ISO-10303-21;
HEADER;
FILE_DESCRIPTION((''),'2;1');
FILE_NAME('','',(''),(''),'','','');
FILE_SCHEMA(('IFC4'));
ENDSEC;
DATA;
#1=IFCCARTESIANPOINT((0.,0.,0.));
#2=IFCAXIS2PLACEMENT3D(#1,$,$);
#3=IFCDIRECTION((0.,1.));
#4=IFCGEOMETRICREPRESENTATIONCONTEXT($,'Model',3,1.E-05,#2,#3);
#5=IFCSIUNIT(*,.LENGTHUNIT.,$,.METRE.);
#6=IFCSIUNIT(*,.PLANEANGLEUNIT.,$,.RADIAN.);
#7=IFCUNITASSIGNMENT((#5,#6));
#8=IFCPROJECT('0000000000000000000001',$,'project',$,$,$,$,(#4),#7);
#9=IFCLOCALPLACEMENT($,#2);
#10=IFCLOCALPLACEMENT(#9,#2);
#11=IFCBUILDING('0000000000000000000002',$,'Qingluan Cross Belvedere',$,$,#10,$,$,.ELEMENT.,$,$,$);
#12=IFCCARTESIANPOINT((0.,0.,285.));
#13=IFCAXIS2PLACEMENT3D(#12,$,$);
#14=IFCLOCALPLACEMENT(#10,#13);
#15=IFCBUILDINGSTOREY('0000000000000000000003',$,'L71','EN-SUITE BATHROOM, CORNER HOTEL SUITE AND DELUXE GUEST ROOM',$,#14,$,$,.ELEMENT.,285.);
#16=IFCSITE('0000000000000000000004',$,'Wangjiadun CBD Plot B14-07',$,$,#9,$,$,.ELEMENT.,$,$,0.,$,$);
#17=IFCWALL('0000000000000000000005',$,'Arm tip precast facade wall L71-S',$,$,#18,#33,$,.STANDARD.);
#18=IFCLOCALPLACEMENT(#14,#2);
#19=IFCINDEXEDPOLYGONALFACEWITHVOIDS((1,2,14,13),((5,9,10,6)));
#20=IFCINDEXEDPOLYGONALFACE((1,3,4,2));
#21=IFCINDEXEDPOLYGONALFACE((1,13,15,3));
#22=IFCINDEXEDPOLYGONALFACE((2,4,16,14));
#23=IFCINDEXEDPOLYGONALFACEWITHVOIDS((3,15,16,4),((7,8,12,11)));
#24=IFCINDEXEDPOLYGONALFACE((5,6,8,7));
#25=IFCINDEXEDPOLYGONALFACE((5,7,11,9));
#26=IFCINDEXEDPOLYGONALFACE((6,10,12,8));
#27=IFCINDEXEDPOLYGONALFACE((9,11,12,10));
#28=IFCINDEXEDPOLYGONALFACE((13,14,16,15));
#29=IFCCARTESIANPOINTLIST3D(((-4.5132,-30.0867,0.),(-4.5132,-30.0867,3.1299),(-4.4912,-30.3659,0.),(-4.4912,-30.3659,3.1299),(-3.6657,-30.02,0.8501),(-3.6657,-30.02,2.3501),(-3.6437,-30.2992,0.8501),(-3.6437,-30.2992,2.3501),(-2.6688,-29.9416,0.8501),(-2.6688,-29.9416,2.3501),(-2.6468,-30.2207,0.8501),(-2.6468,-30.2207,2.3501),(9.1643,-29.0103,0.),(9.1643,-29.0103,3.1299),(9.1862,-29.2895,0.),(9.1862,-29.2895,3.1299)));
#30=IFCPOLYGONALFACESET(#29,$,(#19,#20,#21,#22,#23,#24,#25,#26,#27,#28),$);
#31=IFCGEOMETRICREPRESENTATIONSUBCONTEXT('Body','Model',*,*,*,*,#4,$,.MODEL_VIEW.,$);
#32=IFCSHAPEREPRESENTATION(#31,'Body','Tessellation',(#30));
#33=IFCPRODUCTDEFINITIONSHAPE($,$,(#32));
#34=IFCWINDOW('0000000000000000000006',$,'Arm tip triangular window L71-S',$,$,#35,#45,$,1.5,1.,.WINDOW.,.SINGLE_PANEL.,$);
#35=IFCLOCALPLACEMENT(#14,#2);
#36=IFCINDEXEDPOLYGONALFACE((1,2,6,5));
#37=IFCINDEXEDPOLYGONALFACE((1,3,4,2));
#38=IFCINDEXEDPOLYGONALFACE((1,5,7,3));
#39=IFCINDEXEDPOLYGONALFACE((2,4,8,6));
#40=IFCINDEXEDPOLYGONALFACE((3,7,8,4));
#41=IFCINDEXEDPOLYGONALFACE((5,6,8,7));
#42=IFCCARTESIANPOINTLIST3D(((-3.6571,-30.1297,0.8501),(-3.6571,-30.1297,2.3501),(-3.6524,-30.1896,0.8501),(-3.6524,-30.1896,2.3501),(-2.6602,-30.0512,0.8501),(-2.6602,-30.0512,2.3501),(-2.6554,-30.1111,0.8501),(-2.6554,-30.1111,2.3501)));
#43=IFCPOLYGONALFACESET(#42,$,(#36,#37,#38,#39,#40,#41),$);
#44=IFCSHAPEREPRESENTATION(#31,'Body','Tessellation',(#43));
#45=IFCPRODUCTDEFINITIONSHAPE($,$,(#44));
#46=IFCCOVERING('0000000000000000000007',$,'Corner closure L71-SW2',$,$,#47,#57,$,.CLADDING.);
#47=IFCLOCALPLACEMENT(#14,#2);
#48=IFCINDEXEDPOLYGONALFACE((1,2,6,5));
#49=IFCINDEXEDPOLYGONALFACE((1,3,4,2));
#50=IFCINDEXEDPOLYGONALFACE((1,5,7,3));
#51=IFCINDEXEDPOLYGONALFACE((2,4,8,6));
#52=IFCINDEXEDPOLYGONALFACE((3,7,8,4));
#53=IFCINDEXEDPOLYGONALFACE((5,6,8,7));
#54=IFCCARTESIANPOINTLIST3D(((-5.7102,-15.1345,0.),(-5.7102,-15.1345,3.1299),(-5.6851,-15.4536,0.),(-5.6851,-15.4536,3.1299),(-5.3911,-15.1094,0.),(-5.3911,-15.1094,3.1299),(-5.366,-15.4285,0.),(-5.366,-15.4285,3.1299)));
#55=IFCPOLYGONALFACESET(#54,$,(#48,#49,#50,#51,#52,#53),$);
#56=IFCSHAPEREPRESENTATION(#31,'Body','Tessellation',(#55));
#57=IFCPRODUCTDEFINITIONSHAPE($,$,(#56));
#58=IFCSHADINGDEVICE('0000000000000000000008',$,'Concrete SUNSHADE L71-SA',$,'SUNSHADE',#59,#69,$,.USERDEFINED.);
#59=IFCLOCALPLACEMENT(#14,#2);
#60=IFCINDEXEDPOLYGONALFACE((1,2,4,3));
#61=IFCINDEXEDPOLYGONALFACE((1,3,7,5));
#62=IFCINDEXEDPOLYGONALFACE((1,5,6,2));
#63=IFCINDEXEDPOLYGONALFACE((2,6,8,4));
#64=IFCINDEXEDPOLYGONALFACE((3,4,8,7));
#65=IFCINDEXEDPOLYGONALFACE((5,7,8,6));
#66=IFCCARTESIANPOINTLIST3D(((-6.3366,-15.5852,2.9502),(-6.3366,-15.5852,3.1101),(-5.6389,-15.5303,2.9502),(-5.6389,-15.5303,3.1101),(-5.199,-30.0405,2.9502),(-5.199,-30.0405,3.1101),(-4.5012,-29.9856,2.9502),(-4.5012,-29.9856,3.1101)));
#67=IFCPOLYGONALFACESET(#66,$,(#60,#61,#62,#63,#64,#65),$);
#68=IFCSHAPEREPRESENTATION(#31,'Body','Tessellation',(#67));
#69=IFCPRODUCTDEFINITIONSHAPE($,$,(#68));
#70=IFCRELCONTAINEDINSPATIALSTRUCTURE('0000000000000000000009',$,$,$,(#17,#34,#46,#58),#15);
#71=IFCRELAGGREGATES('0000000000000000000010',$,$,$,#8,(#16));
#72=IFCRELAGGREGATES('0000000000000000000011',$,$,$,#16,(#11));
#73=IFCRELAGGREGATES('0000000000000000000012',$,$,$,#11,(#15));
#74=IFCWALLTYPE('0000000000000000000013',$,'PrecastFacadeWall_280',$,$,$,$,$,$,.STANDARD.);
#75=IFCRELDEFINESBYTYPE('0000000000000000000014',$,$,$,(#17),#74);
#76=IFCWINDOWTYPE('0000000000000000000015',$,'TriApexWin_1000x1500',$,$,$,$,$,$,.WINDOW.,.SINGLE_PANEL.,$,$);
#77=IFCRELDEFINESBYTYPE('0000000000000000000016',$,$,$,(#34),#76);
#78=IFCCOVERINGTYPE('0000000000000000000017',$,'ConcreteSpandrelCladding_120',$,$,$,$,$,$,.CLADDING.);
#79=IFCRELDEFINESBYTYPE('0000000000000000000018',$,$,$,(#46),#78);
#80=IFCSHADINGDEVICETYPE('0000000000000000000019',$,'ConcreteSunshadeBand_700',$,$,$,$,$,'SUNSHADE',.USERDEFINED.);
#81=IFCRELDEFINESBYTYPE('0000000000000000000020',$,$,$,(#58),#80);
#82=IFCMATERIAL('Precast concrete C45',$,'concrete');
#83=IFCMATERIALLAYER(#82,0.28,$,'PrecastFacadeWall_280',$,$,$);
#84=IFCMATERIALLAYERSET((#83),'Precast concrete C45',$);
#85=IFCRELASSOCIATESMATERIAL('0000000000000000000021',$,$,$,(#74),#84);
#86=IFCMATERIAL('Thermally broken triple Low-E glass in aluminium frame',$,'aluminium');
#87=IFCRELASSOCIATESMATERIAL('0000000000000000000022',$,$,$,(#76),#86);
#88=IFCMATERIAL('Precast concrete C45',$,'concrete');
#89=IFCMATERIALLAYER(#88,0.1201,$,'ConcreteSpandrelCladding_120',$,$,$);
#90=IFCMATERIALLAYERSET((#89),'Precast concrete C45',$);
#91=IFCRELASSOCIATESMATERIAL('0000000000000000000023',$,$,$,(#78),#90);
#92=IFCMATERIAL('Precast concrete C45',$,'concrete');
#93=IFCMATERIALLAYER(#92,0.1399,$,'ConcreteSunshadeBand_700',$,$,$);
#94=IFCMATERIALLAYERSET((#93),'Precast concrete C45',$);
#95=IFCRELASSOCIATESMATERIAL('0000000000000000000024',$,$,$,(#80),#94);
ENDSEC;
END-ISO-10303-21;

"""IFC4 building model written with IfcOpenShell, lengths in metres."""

from ifc_helpers import new_model, si_unit, direction, frame, frame_2d, origin, origin_2d, place, context, subcontext, project, spatial, rectangle, extrude, material, layer, layer_set, type_object, element, fill, save


model = new_model("IFC4")

# Units and contexts
model_context = context("Model", 3, precision=1e-05, world=origin(), true_north=direction((0.0, 1.0)))
body_context = subcontext(model_context, "Body", "Model", "MODEL_VIEW")
ifc_project = project(units=[si_unit("LENGTHUNIT", "METRE"), si_unit("PLANEANGLEUNIT", "RADIAN")], contexts=[model_context])

# Site, building, storey
site_placement = place(None, origin())
site = spatial("IfcSite", under=ifc_project, at=site_placement, Name="Wangjiadun CBD Plot B14-07", CompositionType="ELEMENT", RefElevation=0.0)
building_placement = place(site_placement, origin())
building = spatial("IfcBuilding", under=site, at=building_placement, Name="Qingluan Cross Belvedere", CompositionType="ELEMENT")
storey_placement = place(building_placement, frame((0.0, 0.0, 285.0)))
storey = spatial("IfcBuildingStorey", under=building, at=storey_placement, Name="L71", Description="EN-SUITE BATHROOM, CORNER HOTEL SUITE AND DELUXE GUEST ROOM", CompositionType="ELEMENT", Elevation=285.0)

# Shared definitions
ifc_material_1 = material(Name="Precast concrete C45", Category="concrete")
ifc_layer_1 = layer(ifc_material_1, 0.28, Name="PrecastFacadeWall_280")
ifc_layer_set_1 = layer_set([ifc_layer_1], Name="Precast concrete C45")
wall_type_1 = type_object("IfcWallType", Name="PrecastFacadeWall_280", PredefinedType="STANDARD", material=ifc_layer_set_1)

# Wall, opening, window
wall_1_placement = place(storey_placement, frame((-4.5022, -30.2263, 0.0), z_axis=(0.0, 0.0, 1.0), x_axis=(0.996917, 0.078457, 0.0)))
wall_1 = element("IfcWall", 1, at=wall_1_placement, inside=storey, type_object=wall_type_1, Name="Arm tip precast facade wall L71-S", PredefinedType="STANDARD", context=body_context, shape_type="SweptSolid", body=[
    extrude(rectangle(XDim=13.7197, YDim=0.28, at=frame_2d((6.8599, 0.0))), origin(), (0.0, 0.0, 1.0), 3.1299),
])
opening_1_placement = place(wall_1_placement, frame((0.8501, 0.0, 0.8501)))
opening_1 = element("IfcOpeningElement", 2, at=opening_1_placement, cuts=wall_1, PredefinedType="OPENING", context=body_context, shape_type="SweptSolid", body=[
    extrude(rectangle(XDim=1.0, YDim=1.5, at=frame_2d((0.5, 0.75))), frame((0.0, 0.1499, 0.0), z_axis=(0.0, -1.0, 0.0), x_axis=(1.0, 0.0, 0.0)), (0.0, 0.0, 1.0), 0.3),
])
ifc_material_2 = material(Name="Thermally broken triple Low-E glass in aluminium frame", Category="aluminium")
window_type_1 = type_object("IfcWindowType", Name="TriApexWin_1000x1500", PartitioningType="SINGLE_PANEL", PredefinedType="WINDOW", material=ifc_material_2)
window_1_placement = place(opening_1_placement, origin())
window_1 = element("IfcWindow", 3, at=window_1_placement, inside=storey, type_object=window_type_1, Name="Arm tip triangular window L71-S", OverallHeight=1.5, OverallWidth=1.0, PartitioningType="SINGLE_PANEL", PredefinedType="WINDOW", context=body_context, shape_type="SweptSolid", body=[
    extrude(rectangle(XDim=1.0, YDim=1.5, at=frame_2d((0.5, 0.75))), frame((0.0, 0.03, 0.0), z_axis=(0.0, -1.0, 0.0), x_axis=(1.0, 0.0, 0.0)), (0.0, 0.0, 1.0), 0.0601),
])
fill(opening_1, window_1)

# Covering
ifc_material_3 = material(Name="Precast concrete C45", Category="concrete")
ifc_layer_2 = layer(ifc_material_3, 0.1201, Name="ConcreteSpandrelCladding_120")
ifc_layer_set_2 = layer_set([ifc_layer_2], Name="Precast concrete C45")
covering_type = type_object("IfcCoveringType", Name="ConcreteSpandrelCladding_120", PredefinedType="CLADDING", material=ifc_layer_set_2)
covering_placement = place(storey_placement, frame((-5.5381, -15.2815, 0.0), z_axis=(0.0, 0.0, 1.0), x_axis=(0.996917, 0.078459, 0.0)))
element("IfcCovering", 4, at=covering_placement, inside=storey, type_object=covering_type, Name="Corner closure L71-SW2", PredefinedType="CLADDING", context=body_context, shape_type="SweptSolid", body=[
    extrude(rectangle(XDim=0.3201, YDim=0.3201, at=origin_2d()), origin(), (0.0, 0.0, 1.0), 3.1299),
])

# Shading device
ifc_material_4 = material(Name="Precast concrete C45", Category="concrete")
ifc_layer_3 = layer(ifc_material_4, 0.1399, Name="ConcreteSunshadeBand_700")
ifc_layer_set_3 = layer_set([ifc_layer_3], Name="Precast concrete C45")
shading_device_type = type_object("IfcShadingDeviceType", Name="ConcreteSunshadeBand_700", ElementType="SUNSHADE", PredefinedType="USERDEFINED", material=ifc_layer_set_3)
shading_device_placement = place(storey_placement, frame((-5.4189, -22.7854, 2.9502), z_axis=(0.0, 0.0, 1.0), x_axis=(0.078456, -0.996918, 0.0)))
element("IfcShadingDevice", 5, at=shading_device_placement, inside=storey, type_object=shading_device_type, Name="Concrete SUNSHADE L71-SA", ObjectType="SUNSHADE", PredefinedType="USERDEFINED", context=body_context, shape_type="SweptSolid", body=[
    extrude(rectangle(XDim=14.5, YDim=0.7, at=origin_2d()), origin(), (0.0, 0.0, 1.0), 0.1599),
])

save(model, "model.ifc")
